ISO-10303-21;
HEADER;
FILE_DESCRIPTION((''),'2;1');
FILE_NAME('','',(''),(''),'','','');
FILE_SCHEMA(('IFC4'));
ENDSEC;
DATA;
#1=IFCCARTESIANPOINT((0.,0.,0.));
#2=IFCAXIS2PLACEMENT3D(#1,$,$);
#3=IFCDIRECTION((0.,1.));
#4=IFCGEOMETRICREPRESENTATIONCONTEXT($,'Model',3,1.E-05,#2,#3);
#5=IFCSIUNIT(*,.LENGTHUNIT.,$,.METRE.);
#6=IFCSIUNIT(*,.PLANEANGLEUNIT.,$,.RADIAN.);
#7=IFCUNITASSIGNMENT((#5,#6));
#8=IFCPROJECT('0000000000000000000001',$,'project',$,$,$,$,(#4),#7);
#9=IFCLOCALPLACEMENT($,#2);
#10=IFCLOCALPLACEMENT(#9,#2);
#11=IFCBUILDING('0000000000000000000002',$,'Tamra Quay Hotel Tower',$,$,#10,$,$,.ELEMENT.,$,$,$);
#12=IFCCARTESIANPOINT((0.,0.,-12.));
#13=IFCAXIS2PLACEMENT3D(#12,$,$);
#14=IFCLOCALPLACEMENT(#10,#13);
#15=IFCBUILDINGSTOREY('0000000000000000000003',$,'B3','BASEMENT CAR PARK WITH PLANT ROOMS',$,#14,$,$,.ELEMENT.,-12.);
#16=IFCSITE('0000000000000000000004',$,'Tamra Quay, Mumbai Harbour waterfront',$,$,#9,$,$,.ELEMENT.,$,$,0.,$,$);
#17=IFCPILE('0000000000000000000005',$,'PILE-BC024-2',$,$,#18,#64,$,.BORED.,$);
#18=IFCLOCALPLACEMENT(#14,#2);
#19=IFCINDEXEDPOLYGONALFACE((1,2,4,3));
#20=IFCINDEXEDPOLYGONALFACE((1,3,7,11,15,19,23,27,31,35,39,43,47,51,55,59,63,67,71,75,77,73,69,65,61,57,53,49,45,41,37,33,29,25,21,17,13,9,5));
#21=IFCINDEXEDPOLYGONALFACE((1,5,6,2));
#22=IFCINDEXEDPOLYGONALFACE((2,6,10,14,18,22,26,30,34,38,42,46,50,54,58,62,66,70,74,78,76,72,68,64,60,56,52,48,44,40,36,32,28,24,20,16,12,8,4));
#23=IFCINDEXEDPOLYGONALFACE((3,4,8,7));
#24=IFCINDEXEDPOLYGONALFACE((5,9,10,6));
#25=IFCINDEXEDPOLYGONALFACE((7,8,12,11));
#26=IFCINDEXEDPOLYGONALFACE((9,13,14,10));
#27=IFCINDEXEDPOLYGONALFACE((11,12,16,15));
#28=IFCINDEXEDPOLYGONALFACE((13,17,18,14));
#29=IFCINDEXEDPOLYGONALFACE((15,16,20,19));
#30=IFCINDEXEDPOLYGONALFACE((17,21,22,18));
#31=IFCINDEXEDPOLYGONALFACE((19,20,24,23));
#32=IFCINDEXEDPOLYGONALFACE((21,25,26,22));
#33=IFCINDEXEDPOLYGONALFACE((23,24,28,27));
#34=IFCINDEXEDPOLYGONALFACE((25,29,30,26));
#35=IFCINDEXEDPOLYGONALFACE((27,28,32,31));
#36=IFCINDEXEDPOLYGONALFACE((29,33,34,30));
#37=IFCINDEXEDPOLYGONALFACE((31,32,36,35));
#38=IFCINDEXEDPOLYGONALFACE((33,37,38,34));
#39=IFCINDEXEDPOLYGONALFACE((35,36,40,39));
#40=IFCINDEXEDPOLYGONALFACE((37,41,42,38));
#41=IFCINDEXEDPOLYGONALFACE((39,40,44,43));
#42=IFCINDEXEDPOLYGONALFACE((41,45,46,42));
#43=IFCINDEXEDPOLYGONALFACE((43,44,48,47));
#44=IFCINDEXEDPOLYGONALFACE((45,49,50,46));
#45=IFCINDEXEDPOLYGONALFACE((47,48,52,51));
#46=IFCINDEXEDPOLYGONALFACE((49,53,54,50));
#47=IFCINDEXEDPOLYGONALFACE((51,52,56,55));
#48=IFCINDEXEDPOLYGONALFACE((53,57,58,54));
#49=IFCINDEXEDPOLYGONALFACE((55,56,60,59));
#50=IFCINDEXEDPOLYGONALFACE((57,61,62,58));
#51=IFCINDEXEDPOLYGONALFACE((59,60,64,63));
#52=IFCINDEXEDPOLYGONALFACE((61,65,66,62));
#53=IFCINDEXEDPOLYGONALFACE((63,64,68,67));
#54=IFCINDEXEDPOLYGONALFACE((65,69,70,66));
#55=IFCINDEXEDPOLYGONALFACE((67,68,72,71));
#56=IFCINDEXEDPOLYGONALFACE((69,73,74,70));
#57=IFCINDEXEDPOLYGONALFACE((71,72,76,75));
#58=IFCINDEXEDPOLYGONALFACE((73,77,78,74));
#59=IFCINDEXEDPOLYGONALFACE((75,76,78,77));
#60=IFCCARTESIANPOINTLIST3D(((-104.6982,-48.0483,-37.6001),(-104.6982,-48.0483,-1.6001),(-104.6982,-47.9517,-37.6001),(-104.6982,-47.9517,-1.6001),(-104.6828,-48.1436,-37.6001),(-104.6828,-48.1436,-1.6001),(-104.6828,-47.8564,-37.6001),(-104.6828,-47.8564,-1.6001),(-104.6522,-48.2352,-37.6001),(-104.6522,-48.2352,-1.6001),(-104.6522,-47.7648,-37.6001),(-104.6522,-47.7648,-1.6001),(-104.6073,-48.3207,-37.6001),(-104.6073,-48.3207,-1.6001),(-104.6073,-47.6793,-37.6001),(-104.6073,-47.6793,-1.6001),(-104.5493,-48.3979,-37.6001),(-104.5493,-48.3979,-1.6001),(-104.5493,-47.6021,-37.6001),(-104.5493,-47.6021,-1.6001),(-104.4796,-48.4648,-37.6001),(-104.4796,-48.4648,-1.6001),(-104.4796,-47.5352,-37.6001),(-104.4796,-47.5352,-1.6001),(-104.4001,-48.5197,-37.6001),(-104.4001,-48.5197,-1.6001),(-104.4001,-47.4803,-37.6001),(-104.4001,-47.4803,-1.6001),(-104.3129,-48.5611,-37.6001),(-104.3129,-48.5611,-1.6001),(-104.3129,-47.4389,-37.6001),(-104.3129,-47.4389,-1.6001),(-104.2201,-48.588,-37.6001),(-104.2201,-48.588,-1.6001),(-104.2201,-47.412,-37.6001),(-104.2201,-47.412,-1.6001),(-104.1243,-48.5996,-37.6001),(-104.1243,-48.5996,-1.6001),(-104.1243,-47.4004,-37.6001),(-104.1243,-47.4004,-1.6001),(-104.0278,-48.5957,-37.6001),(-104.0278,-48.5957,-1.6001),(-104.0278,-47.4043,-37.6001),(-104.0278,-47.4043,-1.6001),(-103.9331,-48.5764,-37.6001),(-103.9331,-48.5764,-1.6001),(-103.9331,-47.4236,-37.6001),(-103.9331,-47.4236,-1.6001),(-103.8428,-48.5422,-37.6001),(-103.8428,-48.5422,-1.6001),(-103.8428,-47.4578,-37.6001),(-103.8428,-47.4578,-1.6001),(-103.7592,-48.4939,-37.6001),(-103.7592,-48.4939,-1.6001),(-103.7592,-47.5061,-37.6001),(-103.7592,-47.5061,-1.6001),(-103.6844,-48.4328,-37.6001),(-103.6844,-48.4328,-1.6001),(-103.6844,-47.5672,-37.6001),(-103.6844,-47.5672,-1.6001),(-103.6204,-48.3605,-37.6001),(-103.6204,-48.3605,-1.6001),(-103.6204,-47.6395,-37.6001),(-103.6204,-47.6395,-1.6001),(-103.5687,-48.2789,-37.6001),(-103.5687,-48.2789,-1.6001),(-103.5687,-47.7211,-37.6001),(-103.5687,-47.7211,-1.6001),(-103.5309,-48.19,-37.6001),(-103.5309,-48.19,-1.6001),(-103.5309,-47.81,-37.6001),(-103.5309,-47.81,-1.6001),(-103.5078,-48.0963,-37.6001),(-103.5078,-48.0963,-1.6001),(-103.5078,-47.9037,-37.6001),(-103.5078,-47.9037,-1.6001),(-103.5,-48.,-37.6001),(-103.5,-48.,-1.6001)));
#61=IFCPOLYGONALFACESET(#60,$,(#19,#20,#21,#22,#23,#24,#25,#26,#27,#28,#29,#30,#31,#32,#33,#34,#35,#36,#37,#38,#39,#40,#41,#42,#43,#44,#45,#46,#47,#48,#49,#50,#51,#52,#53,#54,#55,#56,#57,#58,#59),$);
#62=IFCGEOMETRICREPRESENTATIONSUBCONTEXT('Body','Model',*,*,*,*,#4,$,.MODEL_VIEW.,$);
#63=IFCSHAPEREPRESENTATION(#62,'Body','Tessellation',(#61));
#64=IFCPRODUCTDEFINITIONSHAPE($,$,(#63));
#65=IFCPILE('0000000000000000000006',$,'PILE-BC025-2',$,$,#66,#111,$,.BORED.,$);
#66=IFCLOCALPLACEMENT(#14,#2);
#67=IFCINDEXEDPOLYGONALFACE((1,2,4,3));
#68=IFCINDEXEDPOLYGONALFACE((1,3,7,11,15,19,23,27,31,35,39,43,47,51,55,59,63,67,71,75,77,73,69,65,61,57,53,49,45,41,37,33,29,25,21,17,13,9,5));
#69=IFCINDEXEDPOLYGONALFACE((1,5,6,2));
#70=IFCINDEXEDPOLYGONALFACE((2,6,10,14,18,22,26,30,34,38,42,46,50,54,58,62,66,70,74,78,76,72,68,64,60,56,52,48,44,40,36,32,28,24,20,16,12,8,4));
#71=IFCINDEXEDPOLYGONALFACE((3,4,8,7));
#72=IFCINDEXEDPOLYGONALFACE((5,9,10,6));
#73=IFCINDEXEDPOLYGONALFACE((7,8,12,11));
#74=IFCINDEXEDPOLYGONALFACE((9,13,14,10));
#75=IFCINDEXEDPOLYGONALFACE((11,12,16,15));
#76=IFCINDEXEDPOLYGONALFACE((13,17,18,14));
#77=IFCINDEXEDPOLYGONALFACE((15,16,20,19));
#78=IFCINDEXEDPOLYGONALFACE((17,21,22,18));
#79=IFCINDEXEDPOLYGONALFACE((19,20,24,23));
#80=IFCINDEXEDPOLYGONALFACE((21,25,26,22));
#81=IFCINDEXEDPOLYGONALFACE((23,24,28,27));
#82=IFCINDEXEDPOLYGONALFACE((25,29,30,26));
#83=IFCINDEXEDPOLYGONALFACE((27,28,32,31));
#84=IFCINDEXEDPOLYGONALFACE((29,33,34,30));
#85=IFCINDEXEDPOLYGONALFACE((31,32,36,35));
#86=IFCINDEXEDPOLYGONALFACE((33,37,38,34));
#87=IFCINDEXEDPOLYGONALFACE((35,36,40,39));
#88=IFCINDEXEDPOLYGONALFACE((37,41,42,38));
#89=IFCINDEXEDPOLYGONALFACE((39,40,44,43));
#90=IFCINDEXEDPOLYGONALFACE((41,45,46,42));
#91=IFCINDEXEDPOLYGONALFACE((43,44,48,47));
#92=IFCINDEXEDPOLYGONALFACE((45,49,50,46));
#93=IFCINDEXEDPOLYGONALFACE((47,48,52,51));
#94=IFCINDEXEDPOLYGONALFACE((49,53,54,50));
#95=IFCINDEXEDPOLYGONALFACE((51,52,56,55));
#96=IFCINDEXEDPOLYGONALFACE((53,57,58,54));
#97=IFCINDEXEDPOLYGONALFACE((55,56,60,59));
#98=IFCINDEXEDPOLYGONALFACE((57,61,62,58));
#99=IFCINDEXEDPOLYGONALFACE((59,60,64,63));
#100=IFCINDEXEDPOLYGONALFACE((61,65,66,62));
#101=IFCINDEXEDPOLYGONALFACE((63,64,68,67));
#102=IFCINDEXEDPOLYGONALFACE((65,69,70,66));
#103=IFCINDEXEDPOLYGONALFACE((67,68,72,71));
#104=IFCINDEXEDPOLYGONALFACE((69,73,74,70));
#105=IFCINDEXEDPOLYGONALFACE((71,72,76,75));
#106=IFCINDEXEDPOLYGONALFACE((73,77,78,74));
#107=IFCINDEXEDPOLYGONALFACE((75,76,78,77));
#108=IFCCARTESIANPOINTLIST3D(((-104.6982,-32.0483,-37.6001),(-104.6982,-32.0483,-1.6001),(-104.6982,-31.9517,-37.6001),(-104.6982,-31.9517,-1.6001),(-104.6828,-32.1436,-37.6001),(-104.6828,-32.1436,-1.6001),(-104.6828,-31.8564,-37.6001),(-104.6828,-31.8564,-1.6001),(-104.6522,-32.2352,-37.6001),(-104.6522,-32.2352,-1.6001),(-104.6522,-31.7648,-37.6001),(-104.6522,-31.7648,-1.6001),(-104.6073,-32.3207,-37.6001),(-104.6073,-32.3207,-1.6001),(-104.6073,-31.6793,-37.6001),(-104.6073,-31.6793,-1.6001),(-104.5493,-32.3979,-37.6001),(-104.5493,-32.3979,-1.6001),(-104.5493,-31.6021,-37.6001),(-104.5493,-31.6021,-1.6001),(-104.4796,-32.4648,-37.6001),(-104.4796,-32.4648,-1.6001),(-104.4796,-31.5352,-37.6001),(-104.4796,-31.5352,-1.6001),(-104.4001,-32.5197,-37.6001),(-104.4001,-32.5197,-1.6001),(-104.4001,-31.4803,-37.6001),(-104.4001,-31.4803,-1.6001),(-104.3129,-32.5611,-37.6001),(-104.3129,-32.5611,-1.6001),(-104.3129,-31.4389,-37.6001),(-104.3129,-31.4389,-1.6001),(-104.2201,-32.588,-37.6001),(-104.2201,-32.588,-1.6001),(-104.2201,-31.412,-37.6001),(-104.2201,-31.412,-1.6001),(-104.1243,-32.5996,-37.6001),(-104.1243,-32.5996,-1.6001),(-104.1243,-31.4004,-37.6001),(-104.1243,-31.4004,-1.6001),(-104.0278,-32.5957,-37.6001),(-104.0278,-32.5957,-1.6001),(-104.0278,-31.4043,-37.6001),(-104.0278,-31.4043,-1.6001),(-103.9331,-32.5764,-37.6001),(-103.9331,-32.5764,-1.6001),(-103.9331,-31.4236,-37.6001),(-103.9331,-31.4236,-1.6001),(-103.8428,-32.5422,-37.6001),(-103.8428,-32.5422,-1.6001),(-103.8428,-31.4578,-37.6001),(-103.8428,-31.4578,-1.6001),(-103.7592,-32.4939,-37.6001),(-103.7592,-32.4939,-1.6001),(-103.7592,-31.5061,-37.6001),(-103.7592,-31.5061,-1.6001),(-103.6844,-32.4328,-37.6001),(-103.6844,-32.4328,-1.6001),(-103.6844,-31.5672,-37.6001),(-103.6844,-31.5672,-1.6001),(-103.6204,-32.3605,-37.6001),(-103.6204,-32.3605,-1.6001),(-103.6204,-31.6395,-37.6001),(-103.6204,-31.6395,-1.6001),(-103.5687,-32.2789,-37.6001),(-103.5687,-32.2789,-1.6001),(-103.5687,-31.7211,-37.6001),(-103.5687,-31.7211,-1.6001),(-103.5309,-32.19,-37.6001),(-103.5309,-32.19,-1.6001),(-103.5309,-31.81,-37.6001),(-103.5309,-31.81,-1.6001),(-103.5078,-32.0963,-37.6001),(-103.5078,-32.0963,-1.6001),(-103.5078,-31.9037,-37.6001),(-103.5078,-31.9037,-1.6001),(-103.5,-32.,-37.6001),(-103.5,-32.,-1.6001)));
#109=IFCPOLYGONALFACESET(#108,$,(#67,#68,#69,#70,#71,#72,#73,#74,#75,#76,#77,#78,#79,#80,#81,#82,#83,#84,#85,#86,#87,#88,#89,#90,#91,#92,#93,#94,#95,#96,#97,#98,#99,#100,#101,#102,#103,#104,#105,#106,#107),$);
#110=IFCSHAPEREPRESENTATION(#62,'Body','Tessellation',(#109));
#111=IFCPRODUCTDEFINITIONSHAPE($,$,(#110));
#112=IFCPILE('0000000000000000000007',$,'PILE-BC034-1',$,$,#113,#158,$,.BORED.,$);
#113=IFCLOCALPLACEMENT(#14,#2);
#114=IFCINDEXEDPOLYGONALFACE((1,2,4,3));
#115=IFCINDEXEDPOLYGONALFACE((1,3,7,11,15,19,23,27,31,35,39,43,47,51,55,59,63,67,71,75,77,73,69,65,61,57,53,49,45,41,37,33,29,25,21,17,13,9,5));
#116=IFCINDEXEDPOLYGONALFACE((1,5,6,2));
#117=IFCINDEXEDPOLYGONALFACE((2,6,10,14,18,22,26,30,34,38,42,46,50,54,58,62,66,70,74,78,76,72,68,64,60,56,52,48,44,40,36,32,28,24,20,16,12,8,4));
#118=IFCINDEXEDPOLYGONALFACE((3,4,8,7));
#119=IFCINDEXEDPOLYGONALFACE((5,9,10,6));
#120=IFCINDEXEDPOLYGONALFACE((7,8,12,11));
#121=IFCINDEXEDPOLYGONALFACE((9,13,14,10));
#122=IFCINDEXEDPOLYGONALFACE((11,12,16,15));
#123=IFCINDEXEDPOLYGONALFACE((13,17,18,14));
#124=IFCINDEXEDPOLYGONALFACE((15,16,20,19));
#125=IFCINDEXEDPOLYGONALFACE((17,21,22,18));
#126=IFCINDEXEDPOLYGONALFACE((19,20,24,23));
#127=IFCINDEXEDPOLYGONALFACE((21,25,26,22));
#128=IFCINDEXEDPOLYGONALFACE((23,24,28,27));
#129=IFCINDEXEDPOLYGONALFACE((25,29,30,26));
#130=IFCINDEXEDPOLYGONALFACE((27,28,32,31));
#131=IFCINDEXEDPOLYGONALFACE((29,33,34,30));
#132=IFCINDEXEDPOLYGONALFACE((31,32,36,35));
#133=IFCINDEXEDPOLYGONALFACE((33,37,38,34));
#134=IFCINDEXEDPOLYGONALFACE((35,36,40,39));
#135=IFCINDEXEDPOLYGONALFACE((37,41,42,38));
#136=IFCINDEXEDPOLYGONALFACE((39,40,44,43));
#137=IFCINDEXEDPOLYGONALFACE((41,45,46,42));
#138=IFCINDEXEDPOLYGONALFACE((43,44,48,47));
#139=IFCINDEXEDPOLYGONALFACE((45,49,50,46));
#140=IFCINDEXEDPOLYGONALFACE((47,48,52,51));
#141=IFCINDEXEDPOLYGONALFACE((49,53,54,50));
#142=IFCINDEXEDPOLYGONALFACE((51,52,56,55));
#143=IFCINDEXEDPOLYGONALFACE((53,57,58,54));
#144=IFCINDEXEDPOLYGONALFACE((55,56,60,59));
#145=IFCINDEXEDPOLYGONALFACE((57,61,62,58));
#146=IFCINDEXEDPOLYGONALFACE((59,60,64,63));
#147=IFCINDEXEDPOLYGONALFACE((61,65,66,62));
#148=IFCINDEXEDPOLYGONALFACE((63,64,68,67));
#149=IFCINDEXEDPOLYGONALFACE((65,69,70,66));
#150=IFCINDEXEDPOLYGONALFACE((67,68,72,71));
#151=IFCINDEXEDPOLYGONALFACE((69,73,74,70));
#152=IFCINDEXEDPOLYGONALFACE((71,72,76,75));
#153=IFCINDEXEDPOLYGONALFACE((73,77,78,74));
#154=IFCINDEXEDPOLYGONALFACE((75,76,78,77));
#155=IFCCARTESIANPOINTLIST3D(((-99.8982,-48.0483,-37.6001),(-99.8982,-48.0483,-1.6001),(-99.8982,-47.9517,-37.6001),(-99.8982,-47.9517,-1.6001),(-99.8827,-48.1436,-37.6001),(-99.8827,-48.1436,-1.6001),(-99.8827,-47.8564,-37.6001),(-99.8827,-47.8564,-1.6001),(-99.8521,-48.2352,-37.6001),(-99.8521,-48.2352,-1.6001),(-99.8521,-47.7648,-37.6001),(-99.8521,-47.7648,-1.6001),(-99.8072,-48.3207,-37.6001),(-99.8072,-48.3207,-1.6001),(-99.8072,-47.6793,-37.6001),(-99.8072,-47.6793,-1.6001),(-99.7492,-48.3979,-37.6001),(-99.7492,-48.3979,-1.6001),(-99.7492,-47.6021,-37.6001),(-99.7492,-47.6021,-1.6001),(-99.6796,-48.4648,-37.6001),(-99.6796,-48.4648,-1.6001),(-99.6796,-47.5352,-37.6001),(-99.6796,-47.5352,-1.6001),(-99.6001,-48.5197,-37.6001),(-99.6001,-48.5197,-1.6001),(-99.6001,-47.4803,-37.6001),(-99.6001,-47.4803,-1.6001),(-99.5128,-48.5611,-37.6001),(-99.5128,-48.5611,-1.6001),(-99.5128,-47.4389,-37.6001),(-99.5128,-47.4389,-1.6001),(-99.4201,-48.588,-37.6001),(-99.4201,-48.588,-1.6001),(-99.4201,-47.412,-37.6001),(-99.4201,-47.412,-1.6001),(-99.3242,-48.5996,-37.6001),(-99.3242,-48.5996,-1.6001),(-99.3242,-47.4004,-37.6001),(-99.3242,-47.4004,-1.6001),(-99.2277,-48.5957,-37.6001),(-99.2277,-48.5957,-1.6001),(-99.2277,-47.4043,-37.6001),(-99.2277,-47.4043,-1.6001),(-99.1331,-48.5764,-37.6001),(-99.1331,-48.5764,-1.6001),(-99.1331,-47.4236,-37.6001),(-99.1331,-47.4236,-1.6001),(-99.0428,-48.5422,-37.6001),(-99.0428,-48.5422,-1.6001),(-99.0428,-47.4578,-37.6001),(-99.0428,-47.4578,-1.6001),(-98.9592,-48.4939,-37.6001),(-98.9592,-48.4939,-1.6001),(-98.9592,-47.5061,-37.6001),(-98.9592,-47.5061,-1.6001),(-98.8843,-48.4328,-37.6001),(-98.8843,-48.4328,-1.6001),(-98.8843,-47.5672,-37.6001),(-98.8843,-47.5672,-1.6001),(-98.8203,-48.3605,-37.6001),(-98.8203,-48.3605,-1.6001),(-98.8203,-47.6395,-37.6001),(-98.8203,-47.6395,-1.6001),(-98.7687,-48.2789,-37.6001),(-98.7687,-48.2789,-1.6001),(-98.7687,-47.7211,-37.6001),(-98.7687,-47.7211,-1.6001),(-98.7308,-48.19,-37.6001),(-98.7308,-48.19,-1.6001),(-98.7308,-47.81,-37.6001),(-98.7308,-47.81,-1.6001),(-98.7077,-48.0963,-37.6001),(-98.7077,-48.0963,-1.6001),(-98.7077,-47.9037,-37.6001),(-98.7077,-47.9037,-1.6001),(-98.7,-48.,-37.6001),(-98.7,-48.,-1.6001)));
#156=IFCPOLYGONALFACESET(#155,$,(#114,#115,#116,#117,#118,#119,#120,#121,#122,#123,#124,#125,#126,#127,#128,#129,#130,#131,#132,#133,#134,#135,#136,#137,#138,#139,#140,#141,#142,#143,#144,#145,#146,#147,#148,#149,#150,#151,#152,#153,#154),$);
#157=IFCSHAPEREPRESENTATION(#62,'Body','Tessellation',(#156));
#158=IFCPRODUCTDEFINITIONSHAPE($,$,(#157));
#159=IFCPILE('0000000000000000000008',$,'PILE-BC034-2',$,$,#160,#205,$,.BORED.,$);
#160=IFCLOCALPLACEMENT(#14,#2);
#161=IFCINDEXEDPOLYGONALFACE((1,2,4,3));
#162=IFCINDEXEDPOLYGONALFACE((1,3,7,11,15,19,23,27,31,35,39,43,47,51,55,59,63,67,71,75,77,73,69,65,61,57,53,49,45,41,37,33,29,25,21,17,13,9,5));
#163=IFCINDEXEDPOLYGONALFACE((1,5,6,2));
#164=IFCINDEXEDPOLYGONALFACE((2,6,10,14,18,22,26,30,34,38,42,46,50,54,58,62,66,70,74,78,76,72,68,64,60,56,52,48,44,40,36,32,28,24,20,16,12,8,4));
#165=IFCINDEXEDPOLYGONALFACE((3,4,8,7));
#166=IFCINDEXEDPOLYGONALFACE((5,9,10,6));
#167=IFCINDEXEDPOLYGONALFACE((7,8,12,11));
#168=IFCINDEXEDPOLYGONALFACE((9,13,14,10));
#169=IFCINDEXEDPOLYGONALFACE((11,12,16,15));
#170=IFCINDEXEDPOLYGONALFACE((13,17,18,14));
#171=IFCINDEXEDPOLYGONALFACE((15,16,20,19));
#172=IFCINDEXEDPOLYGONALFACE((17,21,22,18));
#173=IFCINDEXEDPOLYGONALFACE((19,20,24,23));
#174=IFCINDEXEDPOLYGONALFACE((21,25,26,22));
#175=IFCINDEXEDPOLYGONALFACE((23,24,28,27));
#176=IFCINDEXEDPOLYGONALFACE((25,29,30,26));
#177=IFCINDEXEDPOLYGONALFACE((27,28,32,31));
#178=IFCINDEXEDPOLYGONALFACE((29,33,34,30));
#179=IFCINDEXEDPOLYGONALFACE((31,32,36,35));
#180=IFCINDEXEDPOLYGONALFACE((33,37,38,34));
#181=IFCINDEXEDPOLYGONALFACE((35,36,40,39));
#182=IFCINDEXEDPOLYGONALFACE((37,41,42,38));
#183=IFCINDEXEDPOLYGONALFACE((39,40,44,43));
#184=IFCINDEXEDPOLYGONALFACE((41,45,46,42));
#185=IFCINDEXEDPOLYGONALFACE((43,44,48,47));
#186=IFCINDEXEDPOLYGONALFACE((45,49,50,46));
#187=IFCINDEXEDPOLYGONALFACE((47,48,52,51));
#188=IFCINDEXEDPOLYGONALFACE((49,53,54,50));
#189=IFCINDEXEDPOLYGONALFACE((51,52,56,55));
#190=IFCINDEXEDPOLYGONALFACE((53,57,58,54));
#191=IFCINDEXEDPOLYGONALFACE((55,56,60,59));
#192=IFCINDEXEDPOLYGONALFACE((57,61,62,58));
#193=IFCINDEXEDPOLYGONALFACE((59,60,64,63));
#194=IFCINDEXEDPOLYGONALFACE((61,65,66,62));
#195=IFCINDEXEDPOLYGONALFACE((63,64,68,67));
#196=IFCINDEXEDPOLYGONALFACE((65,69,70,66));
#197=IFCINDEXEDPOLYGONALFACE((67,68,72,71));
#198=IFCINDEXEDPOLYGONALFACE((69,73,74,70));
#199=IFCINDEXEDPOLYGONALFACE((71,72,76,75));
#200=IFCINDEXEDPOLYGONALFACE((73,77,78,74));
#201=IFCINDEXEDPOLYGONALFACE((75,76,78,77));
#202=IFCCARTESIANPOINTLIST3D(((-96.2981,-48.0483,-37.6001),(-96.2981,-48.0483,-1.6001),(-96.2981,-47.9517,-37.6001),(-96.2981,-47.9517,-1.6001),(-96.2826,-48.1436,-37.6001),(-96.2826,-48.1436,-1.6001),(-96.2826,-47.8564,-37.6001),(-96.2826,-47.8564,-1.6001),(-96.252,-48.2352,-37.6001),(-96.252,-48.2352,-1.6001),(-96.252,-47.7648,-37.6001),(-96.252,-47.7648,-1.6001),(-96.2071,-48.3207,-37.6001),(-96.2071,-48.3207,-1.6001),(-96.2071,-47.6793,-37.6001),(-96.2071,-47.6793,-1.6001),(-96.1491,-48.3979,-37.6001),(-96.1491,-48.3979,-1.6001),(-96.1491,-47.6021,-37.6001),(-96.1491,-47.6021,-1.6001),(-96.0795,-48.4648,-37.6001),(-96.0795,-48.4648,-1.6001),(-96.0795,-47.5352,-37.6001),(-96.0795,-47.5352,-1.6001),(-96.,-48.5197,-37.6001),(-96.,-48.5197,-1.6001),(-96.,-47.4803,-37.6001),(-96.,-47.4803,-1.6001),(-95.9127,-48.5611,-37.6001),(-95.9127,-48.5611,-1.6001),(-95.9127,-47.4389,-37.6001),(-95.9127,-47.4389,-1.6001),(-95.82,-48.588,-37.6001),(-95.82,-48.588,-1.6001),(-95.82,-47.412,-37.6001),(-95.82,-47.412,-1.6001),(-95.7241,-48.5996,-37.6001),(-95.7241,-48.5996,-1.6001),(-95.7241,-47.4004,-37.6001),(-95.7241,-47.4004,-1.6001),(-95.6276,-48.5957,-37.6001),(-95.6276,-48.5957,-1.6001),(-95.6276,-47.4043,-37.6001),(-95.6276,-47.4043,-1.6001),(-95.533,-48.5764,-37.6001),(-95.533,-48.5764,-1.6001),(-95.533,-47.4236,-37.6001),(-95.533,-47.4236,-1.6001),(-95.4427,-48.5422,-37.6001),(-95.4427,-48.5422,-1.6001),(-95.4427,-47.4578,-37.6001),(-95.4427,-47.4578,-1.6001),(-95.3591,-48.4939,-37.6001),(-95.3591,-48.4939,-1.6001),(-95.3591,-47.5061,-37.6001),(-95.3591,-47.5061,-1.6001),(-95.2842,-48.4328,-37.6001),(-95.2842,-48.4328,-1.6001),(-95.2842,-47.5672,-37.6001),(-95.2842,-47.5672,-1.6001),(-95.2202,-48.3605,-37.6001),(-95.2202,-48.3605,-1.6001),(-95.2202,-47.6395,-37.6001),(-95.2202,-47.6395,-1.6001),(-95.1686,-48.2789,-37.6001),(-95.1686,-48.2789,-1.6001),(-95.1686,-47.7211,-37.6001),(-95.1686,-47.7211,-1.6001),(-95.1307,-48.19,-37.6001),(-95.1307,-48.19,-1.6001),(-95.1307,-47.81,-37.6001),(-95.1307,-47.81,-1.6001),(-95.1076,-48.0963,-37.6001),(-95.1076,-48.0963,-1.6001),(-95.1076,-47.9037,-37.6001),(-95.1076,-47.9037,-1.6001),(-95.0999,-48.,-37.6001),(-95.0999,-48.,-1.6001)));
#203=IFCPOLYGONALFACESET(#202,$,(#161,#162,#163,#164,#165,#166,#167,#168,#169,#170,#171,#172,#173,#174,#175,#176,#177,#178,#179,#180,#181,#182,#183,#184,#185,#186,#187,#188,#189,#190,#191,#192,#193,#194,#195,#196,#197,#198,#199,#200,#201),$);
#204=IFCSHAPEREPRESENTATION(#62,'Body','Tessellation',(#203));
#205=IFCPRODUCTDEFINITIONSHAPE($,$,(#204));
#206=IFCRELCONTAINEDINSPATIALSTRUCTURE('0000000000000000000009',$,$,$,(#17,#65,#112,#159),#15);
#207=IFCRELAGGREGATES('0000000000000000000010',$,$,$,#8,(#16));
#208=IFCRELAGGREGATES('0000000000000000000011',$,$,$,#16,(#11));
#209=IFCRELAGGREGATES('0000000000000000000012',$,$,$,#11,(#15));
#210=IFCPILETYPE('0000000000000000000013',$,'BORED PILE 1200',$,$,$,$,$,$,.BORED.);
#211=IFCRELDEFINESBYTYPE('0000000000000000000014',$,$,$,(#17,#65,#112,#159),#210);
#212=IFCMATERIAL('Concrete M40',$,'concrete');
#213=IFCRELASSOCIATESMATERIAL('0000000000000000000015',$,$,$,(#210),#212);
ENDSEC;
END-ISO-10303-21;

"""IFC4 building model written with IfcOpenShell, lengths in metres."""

from ifc_helpers import new_model, si_unit, direction, frame, origin, origin_2d, place, context, subcontext, project, spatial, circle, extrude, material, material_profile, profile_set, type_object, element, save


model = new_model("IFC4")

# Units and contexts
model_context = context("Model", 3, precision=1e-05, world=origin(), true_north=direction((0.0, 1.0)))
body_context = subcontext(model_context, "Body", "Model", "MODEL_VIEW")
ifc_project = project(units=[si_unit("LENGTHUNIT", "METRE"), si_unit("PLANEANGLEUNIT", "RADIAN")], contexts=[model_context])

# Site, building, storey
site_placement = place(None, origin())
site = spatial("IfcSite", under=ifc_project, at=site_placement, Name="Tamra Quay, Mumbai Harbour waterfront", CompositionType="ELEMENT", RefElevation=0.0)
building_placement = place(site_placement, origin())
building = spatial("IfcBuilding", under=site, at=building_placement, Name="Tamra Quay Hotel Tower", CompositionType="ELEMENT")
storey_placement = place(building_placement, frame((0.0, 0.0, -12.0)))
storey = spatial("IfcBuildingStorey", under=building, at=storey_placement, Name="B3", Description="BASEMENT CAR PARK WITH PLANT ROOMS", CompositionType="ELEMENT", Elevation=-12.0)

# Piles
ifc_material_1 = material(Name="Concrete M40", Category="concrete")
ifc_material_profile_1 = material_profile(ifc_material_1, circle(Radius=0.6001, at=origin_2d()), Name="BORED PILE 1200")
ifc_profile_set_1 = profile_set([ifc_material_profile_1], Name="Concrete M40")
pile_type = type_object("IfcPileType", Name="BORED PILE 1200", PredefinedType="BORED", material=ifc_profile_set_1)
for number, where, z_axis, x_axis, name in (
    (1, (-104.1001, -48.0, -1.6001), (0.0, 0.0, -1.0), (1.0, 0.0, 0.0), "PILE-BC024-2"),
    (2, (-104.1001, -32.0, -1.6001), (0.0, 0.0, -1.0), (1.0, 0.0, 0.0), "PILE-BC025-2"),
    (3, (-99.3, -48.0, -1.6001), (0.0, 0.0, -1.0), (1.0, 0.0, 0.0), "PILE-BC034-1"),
    (4, (-95.7, -48.0, -1.6001), (0.0, 0.0, -1.0), (1.0, 0.0, 0.0), "PILE-BC034-2"),
):
    element("IfcPile", number, at=place(storey_placement, frame(where, z_axis=z_axis, x_axis=x_axis)), inside=storey, type_object=pile_type, Name=name, PredefinedType="BORED", context=body_context, shape_type="SweptSolid", body=[
        extrude(circle(Radius=0.6001, at=origin_2d()), origin(), (0.0, 0.0, 1.0), 36.0),
    ])

save(model, "model.ifc")
